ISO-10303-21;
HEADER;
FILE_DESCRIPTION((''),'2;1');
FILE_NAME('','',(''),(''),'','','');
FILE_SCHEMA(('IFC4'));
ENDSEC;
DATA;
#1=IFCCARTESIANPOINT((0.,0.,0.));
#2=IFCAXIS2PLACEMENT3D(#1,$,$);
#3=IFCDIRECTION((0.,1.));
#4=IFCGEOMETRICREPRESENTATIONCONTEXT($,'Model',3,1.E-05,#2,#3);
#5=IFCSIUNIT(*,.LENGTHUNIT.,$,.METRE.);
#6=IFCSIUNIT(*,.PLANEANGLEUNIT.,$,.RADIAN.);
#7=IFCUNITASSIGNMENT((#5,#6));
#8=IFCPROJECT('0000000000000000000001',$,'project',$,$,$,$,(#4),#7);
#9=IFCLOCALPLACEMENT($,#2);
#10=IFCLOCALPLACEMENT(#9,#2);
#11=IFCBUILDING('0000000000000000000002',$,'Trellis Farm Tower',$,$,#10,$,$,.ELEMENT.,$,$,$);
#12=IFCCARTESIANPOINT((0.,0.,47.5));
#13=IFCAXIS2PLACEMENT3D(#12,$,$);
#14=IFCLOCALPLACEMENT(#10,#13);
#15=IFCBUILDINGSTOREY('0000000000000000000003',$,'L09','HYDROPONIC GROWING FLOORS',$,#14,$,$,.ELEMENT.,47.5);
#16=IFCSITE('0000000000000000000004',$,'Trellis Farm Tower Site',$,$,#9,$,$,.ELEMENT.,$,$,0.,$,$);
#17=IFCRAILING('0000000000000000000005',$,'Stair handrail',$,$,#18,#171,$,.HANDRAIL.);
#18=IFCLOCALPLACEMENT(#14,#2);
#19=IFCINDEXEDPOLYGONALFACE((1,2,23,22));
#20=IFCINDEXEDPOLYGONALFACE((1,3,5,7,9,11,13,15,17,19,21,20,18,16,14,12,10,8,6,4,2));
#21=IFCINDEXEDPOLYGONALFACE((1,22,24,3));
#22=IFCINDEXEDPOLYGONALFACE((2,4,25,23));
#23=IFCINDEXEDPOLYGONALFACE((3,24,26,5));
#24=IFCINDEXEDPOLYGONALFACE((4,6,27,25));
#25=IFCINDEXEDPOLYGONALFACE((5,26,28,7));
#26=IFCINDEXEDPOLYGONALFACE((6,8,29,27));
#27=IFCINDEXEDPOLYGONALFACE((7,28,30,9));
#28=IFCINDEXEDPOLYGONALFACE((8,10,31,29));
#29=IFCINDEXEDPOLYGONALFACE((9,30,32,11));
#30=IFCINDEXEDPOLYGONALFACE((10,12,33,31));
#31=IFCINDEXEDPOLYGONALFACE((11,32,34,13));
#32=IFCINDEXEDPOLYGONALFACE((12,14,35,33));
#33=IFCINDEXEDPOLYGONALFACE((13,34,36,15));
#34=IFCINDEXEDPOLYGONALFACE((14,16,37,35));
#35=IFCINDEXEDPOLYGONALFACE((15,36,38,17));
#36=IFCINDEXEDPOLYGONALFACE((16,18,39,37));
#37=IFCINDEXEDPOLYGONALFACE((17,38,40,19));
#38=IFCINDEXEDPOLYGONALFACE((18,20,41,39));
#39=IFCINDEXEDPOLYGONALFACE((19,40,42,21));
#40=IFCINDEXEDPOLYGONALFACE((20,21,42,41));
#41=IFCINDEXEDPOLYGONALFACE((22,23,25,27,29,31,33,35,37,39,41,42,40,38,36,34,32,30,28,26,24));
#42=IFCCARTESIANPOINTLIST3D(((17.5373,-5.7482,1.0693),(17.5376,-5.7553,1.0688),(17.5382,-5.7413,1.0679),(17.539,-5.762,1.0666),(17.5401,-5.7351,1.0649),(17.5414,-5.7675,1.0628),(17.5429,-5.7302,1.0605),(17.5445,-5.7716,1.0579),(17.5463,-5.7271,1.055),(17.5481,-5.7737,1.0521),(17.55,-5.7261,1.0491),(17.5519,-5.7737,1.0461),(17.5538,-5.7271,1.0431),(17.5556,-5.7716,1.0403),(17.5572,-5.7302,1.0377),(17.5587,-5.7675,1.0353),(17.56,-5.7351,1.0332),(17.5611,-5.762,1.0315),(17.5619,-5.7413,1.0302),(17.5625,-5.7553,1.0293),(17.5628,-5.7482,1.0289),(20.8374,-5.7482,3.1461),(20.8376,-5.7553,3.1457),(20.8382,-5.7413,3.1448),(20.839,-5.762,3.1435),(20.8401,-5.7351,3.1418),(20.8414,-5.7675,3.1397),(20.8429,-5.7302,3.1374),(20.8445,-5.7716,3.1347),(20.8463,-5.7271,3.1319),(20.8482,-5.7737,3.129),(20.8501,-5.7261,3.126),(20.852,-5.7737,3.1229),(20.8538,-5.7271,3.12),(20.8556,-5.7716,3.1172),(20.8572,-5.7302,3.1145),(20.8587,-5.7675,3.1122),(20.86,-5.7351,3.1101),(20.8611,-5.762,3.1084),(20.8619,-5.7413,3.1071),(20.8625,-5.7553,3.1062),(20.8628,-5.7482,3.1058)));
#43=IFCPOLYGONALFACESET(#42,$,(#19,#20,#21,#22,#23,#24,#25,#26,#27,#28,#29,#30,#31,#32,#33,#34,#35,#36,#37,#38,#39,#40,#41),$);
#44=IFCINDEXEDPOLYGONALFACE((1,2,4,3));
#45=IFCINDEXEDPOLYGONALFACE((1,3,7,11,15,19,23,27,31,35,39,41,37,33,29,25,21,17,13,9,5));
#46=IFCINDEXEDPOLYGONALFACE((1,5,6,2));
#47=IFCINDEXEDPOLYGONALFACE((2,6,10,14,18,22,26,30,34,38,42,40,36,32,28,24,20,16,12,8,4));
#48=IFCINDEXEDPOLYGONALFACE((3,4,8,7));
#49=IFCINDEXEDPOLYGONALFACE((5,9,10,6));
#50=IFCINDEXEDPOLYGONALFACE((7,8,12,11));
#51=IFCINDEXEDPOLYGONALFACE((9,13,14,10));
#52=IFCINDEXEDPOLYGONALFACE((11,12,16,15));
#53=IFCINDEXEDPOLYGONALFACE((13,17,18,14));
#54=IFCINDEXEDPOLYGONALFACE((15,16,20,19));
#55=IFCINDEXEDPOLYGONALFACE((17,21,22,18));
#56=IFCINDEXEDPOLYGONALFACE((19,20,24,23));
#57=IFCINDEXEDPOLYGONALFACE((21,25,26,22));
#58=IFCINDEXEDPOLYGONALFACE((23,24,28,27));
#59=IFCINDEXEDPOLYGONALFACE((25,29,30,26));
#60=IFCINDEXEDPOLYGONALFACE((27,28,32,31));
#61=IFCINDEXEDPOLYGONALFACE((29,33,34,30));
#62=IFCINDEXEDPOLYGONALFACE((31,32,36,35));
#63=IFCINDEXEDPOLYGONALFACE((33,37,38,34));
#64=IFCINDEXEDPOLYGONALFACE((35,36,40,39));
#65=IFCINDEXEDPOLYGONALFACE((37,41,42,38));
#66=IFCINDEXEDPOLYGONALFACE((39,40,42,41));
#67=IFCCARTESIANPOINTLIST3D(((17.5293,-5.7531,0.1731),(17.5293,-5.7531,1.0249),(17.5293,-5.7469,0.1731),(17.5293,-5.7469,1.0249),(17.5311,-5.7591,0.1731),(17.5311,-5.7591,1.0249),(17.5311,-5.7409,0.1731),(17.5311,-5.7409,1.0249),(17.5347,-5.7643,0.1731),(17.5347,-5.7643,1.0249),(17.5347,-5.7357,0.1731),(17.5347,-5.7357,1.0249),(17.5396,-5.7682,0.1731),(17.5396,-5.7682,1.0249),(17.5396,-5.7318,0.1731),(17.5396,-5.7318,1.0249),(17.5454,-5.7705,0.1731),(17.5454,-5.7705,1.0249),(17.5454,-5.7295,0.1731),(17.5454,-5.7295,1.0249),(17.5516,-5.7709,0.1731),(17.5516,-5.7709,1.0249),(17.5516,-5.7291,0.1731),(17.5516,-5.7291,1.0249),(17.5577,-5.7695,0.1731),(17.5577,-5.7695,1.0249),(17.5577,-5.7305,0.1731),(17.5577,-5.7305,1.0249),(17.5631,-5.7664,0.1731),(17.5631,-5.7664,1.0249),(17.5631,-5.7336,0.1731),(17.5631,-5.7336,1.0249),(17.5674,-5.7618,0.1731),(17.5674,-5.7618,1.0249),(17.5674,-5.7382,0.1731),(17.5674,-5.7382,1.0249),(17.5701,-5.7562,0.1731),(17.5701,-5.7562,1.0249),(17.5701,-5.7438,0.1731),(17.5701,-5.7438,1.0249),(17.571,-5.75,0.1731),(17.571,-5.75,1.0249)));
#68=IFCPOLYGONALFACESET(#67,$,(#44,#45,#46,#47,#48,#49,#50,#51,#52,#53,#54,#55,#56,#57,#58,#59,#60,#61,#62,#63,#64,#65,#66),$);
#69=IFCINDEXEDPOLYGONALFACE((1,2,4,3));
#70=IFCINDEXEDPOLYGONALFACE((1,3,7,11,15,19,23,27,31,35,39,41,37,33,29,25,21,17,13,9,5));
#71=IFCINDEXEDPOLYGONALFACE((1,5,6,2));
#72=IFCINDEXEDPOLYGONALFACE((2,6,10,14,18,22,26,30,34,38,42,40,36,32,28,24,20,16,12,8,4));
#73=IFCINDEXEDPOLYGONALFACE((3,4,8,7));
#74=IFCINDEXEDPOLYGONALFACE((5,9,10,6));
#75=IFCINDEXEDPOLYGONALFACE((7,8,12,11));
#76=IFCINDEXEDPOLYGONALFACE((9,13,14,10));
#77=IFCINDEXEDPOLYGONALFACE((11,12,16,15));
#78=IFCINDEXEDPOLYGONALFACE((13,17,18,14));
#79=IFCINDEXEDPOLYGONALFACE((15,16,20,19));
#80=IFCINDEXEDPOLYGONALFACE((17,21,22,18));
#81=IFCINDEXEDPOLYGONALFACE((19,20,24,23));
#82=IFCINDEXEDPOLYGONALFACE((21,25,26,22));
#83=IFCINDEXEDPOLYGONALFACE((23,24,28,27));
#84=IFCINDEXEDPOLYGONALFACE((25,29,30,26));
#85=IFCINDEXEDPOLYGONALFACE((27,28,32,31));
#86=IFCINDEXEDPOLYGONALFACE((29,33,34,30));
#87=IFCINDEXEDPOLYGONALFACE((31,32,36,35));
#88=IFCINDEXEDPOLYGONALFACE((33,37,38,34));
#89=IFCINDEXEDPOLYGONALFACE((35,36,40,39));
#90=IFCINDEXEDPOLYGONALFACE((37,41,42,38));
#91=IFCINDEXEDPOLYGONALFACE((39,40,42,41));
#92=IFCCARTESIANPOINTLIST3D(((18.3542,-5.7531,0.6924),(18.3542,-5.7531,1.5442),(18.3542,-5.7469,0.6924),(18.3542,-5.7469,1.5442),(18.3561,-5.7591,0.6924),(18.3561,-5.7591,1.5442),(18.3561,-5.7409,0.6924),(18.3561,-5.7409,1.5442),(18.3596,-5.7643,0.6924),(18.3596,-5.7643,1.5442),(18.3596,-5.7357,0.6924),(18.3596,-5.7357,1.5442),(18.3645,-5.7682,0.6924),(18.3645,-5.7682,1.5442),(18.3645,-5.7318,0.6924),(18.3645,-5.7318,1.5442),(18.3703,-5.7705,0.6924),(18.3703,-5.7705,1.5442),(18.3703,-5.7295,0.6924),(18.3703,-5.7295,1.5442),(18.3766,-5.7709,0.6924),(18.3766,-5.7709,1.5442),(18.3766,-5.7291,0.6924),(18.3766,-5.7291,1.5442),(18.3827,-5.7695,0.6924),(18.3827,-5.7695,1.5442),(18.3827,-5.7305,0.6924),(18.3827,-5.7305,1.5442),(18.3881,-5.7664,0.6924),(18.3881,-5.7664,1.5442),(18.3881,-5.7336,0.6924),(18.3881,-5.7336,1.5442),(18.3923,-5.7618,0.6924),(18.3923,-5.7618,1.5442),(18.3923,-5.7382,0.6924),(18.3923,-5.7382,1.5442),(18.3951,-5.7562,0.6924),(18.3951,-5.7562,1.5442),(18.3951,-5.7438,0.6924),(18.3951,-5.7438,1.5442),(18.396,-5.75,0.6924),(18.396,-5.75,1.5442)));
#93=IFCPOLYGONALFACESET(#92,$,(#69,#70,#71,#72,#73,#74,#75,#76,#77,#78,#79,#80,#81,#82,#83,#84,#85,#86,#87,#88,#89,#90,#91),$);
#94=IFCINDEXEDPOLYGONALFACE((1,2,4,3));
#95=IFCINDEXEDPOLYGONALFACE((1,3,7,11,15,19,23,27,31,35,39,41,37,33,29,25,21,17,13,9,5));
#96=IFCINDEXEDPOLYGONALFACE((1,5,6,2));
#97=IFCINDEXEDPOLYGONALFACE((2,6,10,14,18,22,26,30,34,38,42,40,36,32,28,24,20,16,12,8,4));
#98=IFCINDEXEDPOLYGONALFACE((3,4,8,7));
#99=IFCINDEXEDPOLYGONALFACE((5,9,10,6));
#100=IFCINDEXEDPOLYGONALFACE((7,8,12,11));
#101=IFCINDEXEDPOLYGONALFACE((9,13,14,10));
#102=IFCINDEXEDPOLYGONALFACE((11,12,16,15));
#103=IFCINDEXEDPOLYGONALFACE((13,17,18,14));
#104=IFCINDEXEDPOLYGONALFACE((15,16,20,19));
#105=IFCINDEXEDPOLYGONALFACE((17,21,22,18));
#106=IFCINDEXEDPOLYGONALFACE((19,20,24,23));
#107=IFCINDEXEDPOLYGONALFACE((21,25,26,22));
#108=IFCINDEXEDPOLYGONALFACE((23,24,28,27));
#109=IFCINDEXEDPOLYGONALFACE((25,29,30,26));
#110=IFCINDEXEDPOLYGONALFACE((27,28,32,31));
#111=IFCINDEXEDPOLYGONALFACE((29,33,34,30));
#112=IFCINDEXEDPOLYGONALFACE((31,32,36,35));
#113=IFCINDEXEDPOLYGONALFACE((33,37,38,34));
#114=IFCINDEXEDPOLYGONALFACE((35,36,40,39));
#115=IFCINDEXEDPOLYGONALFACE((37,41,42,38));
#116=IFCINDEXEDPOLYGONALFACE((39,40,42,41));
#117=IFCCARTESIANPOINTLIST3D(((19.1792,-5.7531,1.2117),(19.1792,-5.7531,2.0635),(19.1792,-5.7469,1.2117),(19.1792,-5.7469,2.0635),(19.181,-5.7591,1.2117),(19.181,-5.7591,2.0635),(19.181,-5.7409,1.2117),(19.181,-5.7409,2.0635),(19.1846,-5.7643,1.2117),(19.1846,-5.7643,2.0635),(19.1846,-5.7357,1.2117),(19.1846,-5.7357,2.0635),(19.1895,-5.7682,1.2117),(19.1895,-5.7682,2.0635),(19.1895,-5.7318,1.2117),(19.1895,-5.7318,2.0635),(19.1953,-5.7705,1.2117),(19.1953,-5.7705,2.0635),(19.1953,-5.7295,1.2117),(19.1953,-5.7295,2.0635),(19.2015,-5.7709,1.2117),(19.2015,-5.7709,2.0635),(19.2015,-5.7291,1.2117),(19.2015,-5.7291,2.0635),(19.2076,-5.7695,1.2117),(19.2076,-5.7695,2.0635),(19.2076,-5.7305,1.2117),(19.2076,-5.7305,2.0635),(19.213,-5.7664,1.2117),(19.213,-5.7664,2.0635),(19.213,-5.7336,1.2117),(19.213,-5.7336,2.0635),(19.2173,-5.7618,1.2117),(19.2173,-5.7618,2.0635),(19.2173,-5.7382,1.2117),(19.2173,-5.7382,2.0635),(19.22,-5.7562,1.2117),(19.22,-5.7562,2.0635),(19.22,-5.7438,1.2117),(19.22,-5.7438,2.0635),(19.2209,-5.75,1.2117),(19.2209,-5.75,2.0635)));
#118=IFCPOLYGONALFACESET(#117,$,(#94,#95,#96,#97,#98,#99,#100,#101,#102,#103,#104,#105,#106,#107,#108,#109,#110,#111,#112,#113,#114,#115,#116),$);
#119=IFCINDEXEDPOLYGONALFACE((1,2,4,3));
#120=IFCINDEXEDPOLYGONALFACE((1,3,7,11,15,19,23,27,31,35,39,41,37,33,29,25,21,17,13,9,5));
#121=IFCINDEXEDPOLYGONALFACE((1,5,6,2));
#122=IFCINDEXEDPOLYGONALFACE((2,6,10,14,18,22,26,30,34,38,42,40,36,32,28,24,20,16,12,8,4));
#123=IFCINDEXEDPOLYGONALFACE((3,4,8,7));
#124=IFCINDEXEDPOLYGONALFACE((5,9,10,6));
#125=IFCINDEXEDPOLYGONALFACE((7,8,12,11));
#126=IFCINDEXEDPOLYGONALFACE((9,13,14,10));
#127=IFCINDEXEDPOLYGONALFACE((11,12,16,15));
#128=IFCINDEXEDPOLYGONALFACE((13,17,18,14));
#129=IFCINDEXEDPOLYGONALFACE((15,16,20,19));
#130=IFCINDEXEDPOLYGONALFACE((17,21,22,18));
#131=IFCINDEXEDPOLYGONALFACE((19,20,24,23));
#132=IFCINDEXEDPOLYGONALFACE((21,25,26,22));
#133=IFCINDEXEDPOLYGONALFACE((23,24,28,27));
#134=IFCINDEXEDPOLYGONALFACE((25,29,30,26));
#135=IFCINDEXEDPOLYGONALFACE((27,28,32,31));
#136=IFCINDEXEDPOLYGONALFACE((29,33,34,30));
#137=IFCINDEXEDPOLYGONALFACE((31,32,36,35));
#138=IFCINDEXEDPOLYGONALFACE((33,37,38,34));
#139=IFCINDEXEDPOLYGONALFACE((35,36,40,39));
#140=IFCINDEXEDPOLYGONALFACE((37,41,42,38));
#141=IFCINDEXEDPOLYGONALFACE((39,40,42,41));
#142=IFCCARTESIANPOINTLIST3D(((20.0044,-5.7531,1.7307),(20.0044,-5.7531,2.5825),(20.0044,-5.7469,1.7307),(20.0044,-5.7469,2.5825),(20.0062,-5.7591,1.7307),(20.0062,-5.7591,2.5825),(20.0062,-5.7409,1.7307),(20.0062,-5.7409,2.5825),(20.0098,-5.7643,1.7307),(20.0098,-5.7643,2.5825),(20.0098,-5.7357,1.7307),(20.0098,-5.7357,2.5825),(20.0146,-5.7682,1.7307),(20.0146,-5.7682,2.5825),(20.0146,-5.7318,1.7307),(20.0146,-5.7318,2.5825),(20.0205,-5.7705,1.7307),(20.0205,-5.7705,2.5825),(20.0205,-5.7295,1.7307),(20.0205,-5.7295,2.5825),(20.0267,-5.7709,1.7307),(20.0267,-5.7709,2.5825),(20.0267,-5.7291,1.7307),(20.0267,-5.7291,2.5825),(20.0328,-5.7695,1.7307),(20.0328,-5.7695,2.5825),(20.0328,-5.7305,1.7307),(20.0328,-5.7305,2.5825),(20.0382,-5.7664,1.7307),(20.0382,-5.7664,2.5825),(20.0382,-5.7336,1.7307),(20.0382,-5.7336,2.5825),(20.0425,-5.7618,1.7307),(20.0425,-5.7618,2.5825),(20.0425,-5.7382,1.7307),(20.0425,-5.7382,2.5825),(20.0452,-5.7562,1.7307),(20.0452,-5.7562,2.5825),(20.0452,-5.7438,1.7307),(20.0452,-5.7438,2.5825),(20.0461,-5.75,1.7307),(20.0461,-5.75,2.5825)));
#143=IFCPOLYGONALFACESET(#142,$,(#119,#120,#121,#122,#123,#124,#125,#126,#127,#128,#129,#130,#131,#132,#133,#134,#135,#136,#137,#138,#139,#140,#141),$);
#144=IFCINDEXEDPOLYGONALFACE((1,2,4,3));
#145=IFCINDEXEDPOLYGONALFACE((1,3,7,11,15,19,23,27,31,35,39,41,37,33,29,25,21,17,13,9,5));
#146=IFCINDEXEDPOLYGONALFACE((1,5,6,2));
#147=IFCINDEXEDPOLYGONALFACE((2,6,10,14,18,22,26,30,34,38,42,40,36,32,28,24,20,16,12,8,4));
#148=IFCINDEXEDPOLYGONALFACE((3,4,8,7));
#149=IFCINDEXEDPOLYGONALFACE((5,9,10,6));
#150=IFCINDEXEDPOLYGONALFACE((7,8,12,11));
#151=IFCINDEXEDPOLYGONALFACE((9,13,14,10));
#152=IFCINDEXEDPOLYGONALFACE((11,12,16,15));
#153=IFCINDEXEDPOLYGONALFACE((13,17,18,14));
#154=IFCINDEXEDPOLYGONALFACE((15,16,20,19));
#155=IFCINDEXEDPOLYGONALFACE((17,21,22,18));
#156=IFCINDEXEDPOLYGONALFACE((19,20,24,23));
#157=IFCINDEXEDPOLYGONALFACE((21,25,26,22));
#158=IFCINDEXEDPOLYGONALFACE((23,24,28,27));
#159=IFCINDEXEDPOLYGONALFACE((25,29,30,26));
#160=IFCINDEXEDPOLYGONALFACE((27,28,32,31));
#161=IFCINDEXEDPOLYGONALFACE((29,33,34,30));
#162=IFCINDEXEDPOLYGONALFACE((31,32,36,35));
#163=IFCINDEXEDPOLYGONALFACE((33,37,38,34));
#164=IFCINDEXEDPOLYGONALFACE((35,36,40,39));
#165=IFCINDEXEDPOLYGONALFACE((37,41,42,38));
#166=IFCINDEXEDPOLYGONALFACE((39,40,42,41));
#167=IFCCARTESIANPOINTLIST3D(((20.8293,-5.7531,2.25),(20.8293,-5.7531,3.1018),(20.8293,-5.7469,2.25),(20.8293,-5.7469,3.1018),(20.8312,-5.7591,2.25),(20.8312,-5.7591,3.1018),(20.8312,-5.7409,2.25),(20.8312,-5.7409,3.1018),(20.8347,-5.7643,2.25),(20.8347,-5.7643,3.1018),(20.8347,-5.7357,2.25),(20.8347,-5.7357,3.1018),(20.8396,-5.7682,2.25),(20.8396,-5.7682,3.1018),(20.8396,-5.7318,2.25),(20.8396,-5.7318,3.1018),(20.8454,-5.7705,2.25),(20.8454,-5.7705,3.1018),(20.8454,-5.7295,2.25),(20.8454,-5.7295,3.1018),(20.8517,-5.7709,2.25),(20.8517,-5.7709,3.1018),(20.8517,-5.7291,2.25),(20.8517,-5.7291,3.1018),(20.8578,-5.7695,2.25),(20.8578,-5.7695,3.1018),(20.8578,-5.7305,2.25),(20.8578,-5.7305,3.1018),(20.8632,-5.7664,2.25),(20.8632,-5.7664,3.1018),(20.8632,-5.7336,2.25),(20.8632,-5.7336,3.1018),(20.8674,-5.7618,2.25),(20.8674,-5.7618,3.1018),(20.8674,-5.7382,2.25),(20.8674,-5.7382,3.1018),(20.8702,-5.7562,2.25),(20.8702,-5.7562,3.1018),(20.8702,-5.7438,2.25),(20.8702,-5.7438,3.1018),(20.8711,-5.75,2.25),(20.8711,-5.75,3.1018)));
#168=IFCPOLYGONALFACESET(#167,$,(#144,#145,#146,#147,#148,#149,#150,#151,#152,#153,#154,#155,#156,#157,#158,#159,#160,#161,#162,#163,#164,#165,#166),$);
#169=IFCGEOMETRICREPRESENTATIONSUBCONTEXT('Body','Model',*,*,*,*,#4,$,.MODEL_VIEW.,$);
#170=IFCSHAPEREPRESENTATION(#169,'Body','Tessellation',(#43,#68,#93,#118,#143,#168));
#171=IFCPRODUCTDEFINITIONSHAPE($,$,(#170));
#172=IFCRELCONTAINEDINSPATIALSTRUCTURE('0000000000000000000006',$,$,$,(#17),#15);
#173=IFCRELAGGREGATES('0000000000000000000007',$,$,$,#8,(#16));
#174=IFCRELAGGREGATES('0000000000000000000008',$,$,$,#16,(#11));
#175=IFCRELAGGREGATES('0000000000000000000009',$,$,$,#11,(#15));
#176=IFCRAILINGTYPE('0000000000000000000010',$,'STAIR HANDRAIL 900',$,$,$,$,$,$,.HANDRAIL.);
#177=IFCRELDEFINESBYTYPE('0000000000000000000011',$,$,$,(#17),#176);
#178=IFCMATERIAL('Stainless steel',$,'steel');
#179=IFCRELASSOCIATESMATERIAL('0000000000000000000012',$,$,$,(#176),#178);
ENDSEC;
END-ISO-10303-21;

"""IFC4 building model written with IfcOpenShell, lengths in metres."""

from ifc_helpers import new_model, si_unit, direction, frame, origin, origin_2d, place, context, subcontext, project, spatial, circle, extrude, source, transform, mapped, material, type_object, element, save


model = new_model("IFC4")

# Units and contexts
model_context = context("Model", 3, precision=1e-05, world=origin(), true_north=direction((0.0, 1.0)))
body_context = subcontext(model_context, "Body", "Model", "MODEL_VIEW")
ifc_project = project(units=[si_unit("LENGTHUNIT", "METRE"), si_unit("PLANEANGLEUNIT", "RADIAN")], contexts=[model_context])

# Site, building, storey
site_placement = place(None, origin())
site = spatial("IfcSite", under=ifc_project, at=site_placement, Name="Trellis Farm Tower Site", CompositionType="ELEMENT", RefElevation=0.0)
building_placement = place(site_placement, origin())
building = spatial("IfcBuilding", under=site, at=building_placement, Name="Trellis Farm Tower", CompositionType="ELEMENT")
storey_placement = place(building_placement, frame((0.0, 0.0, 47.5)))
storey = spatial("IfcBuildingStorey", under=building, at=storey_placement, Name="L09", Description="HYDROPONIC GROWING FLOORS", CompositionType="ELEMENT", Elevation=47.5)

# Railing
ifc_material_1 = material(Name="Stainless steel", Category="steel")
railing_type = type_object("IfcRailingType", Name="STAIR HANDRAIL 900", PredefinedType="HANDRAIL", material=ifc_material_1)
shared_shape_1 = source(origin(), body_context, "Body", "SweptSolid", [
    extrude(circle(Radius=0.0239, at=origin_2d()), frame((0.0, 0.0, 0.876), z_axis=(0.846337, 0.0, 0.532647), x_axis=(0.0, 1.0, 0.0)), (0.0, 0.0, 1.0), 3.8992),
    extrude(circle(Radius=0.021, at=origin_2d()), origin(), (0.0, 0.0, 1.0), 0.8518),
    extrude(circle(Radius=0.021, at=origin_2d()), frame((0.825, 0.0, 0.5193)), (0.0, 0.0, 1.0), 0.8518),
    extrude(circle(Radius=0.021, at=origin_2d()), frame((1.6499, 0.0, 1.0386)), (0.0, 0.0, 1.0), 0.8518),
    extrude(circle(Radius=0.021, at=origin_2d()), frame((2.4751, 0.0, 1.5576)), (0.0, 0.0, 1.0), 0.8518),
    extrude(circle(Radius=0.021, at=origin_2d()), frame((3.3, 0.0, 2.0769)), (0.0, 0.0, 1.0), 0.8518),
])
railing_placement = place(storey_placement, frame((17.55, -5.75, 0.1731)))
element("IfcRailing", 1, at=railing_placement, inside=storey, type_object=railing_type, Name="Stair handrail", PredefinedType="HANDRAIL", context=body_context, shape_type="MappedRepresentation", body=[
    mapped(shared_shape_1, transform((0.0, 0.0, 0.0))),
])

save(model, "model.ifc")
